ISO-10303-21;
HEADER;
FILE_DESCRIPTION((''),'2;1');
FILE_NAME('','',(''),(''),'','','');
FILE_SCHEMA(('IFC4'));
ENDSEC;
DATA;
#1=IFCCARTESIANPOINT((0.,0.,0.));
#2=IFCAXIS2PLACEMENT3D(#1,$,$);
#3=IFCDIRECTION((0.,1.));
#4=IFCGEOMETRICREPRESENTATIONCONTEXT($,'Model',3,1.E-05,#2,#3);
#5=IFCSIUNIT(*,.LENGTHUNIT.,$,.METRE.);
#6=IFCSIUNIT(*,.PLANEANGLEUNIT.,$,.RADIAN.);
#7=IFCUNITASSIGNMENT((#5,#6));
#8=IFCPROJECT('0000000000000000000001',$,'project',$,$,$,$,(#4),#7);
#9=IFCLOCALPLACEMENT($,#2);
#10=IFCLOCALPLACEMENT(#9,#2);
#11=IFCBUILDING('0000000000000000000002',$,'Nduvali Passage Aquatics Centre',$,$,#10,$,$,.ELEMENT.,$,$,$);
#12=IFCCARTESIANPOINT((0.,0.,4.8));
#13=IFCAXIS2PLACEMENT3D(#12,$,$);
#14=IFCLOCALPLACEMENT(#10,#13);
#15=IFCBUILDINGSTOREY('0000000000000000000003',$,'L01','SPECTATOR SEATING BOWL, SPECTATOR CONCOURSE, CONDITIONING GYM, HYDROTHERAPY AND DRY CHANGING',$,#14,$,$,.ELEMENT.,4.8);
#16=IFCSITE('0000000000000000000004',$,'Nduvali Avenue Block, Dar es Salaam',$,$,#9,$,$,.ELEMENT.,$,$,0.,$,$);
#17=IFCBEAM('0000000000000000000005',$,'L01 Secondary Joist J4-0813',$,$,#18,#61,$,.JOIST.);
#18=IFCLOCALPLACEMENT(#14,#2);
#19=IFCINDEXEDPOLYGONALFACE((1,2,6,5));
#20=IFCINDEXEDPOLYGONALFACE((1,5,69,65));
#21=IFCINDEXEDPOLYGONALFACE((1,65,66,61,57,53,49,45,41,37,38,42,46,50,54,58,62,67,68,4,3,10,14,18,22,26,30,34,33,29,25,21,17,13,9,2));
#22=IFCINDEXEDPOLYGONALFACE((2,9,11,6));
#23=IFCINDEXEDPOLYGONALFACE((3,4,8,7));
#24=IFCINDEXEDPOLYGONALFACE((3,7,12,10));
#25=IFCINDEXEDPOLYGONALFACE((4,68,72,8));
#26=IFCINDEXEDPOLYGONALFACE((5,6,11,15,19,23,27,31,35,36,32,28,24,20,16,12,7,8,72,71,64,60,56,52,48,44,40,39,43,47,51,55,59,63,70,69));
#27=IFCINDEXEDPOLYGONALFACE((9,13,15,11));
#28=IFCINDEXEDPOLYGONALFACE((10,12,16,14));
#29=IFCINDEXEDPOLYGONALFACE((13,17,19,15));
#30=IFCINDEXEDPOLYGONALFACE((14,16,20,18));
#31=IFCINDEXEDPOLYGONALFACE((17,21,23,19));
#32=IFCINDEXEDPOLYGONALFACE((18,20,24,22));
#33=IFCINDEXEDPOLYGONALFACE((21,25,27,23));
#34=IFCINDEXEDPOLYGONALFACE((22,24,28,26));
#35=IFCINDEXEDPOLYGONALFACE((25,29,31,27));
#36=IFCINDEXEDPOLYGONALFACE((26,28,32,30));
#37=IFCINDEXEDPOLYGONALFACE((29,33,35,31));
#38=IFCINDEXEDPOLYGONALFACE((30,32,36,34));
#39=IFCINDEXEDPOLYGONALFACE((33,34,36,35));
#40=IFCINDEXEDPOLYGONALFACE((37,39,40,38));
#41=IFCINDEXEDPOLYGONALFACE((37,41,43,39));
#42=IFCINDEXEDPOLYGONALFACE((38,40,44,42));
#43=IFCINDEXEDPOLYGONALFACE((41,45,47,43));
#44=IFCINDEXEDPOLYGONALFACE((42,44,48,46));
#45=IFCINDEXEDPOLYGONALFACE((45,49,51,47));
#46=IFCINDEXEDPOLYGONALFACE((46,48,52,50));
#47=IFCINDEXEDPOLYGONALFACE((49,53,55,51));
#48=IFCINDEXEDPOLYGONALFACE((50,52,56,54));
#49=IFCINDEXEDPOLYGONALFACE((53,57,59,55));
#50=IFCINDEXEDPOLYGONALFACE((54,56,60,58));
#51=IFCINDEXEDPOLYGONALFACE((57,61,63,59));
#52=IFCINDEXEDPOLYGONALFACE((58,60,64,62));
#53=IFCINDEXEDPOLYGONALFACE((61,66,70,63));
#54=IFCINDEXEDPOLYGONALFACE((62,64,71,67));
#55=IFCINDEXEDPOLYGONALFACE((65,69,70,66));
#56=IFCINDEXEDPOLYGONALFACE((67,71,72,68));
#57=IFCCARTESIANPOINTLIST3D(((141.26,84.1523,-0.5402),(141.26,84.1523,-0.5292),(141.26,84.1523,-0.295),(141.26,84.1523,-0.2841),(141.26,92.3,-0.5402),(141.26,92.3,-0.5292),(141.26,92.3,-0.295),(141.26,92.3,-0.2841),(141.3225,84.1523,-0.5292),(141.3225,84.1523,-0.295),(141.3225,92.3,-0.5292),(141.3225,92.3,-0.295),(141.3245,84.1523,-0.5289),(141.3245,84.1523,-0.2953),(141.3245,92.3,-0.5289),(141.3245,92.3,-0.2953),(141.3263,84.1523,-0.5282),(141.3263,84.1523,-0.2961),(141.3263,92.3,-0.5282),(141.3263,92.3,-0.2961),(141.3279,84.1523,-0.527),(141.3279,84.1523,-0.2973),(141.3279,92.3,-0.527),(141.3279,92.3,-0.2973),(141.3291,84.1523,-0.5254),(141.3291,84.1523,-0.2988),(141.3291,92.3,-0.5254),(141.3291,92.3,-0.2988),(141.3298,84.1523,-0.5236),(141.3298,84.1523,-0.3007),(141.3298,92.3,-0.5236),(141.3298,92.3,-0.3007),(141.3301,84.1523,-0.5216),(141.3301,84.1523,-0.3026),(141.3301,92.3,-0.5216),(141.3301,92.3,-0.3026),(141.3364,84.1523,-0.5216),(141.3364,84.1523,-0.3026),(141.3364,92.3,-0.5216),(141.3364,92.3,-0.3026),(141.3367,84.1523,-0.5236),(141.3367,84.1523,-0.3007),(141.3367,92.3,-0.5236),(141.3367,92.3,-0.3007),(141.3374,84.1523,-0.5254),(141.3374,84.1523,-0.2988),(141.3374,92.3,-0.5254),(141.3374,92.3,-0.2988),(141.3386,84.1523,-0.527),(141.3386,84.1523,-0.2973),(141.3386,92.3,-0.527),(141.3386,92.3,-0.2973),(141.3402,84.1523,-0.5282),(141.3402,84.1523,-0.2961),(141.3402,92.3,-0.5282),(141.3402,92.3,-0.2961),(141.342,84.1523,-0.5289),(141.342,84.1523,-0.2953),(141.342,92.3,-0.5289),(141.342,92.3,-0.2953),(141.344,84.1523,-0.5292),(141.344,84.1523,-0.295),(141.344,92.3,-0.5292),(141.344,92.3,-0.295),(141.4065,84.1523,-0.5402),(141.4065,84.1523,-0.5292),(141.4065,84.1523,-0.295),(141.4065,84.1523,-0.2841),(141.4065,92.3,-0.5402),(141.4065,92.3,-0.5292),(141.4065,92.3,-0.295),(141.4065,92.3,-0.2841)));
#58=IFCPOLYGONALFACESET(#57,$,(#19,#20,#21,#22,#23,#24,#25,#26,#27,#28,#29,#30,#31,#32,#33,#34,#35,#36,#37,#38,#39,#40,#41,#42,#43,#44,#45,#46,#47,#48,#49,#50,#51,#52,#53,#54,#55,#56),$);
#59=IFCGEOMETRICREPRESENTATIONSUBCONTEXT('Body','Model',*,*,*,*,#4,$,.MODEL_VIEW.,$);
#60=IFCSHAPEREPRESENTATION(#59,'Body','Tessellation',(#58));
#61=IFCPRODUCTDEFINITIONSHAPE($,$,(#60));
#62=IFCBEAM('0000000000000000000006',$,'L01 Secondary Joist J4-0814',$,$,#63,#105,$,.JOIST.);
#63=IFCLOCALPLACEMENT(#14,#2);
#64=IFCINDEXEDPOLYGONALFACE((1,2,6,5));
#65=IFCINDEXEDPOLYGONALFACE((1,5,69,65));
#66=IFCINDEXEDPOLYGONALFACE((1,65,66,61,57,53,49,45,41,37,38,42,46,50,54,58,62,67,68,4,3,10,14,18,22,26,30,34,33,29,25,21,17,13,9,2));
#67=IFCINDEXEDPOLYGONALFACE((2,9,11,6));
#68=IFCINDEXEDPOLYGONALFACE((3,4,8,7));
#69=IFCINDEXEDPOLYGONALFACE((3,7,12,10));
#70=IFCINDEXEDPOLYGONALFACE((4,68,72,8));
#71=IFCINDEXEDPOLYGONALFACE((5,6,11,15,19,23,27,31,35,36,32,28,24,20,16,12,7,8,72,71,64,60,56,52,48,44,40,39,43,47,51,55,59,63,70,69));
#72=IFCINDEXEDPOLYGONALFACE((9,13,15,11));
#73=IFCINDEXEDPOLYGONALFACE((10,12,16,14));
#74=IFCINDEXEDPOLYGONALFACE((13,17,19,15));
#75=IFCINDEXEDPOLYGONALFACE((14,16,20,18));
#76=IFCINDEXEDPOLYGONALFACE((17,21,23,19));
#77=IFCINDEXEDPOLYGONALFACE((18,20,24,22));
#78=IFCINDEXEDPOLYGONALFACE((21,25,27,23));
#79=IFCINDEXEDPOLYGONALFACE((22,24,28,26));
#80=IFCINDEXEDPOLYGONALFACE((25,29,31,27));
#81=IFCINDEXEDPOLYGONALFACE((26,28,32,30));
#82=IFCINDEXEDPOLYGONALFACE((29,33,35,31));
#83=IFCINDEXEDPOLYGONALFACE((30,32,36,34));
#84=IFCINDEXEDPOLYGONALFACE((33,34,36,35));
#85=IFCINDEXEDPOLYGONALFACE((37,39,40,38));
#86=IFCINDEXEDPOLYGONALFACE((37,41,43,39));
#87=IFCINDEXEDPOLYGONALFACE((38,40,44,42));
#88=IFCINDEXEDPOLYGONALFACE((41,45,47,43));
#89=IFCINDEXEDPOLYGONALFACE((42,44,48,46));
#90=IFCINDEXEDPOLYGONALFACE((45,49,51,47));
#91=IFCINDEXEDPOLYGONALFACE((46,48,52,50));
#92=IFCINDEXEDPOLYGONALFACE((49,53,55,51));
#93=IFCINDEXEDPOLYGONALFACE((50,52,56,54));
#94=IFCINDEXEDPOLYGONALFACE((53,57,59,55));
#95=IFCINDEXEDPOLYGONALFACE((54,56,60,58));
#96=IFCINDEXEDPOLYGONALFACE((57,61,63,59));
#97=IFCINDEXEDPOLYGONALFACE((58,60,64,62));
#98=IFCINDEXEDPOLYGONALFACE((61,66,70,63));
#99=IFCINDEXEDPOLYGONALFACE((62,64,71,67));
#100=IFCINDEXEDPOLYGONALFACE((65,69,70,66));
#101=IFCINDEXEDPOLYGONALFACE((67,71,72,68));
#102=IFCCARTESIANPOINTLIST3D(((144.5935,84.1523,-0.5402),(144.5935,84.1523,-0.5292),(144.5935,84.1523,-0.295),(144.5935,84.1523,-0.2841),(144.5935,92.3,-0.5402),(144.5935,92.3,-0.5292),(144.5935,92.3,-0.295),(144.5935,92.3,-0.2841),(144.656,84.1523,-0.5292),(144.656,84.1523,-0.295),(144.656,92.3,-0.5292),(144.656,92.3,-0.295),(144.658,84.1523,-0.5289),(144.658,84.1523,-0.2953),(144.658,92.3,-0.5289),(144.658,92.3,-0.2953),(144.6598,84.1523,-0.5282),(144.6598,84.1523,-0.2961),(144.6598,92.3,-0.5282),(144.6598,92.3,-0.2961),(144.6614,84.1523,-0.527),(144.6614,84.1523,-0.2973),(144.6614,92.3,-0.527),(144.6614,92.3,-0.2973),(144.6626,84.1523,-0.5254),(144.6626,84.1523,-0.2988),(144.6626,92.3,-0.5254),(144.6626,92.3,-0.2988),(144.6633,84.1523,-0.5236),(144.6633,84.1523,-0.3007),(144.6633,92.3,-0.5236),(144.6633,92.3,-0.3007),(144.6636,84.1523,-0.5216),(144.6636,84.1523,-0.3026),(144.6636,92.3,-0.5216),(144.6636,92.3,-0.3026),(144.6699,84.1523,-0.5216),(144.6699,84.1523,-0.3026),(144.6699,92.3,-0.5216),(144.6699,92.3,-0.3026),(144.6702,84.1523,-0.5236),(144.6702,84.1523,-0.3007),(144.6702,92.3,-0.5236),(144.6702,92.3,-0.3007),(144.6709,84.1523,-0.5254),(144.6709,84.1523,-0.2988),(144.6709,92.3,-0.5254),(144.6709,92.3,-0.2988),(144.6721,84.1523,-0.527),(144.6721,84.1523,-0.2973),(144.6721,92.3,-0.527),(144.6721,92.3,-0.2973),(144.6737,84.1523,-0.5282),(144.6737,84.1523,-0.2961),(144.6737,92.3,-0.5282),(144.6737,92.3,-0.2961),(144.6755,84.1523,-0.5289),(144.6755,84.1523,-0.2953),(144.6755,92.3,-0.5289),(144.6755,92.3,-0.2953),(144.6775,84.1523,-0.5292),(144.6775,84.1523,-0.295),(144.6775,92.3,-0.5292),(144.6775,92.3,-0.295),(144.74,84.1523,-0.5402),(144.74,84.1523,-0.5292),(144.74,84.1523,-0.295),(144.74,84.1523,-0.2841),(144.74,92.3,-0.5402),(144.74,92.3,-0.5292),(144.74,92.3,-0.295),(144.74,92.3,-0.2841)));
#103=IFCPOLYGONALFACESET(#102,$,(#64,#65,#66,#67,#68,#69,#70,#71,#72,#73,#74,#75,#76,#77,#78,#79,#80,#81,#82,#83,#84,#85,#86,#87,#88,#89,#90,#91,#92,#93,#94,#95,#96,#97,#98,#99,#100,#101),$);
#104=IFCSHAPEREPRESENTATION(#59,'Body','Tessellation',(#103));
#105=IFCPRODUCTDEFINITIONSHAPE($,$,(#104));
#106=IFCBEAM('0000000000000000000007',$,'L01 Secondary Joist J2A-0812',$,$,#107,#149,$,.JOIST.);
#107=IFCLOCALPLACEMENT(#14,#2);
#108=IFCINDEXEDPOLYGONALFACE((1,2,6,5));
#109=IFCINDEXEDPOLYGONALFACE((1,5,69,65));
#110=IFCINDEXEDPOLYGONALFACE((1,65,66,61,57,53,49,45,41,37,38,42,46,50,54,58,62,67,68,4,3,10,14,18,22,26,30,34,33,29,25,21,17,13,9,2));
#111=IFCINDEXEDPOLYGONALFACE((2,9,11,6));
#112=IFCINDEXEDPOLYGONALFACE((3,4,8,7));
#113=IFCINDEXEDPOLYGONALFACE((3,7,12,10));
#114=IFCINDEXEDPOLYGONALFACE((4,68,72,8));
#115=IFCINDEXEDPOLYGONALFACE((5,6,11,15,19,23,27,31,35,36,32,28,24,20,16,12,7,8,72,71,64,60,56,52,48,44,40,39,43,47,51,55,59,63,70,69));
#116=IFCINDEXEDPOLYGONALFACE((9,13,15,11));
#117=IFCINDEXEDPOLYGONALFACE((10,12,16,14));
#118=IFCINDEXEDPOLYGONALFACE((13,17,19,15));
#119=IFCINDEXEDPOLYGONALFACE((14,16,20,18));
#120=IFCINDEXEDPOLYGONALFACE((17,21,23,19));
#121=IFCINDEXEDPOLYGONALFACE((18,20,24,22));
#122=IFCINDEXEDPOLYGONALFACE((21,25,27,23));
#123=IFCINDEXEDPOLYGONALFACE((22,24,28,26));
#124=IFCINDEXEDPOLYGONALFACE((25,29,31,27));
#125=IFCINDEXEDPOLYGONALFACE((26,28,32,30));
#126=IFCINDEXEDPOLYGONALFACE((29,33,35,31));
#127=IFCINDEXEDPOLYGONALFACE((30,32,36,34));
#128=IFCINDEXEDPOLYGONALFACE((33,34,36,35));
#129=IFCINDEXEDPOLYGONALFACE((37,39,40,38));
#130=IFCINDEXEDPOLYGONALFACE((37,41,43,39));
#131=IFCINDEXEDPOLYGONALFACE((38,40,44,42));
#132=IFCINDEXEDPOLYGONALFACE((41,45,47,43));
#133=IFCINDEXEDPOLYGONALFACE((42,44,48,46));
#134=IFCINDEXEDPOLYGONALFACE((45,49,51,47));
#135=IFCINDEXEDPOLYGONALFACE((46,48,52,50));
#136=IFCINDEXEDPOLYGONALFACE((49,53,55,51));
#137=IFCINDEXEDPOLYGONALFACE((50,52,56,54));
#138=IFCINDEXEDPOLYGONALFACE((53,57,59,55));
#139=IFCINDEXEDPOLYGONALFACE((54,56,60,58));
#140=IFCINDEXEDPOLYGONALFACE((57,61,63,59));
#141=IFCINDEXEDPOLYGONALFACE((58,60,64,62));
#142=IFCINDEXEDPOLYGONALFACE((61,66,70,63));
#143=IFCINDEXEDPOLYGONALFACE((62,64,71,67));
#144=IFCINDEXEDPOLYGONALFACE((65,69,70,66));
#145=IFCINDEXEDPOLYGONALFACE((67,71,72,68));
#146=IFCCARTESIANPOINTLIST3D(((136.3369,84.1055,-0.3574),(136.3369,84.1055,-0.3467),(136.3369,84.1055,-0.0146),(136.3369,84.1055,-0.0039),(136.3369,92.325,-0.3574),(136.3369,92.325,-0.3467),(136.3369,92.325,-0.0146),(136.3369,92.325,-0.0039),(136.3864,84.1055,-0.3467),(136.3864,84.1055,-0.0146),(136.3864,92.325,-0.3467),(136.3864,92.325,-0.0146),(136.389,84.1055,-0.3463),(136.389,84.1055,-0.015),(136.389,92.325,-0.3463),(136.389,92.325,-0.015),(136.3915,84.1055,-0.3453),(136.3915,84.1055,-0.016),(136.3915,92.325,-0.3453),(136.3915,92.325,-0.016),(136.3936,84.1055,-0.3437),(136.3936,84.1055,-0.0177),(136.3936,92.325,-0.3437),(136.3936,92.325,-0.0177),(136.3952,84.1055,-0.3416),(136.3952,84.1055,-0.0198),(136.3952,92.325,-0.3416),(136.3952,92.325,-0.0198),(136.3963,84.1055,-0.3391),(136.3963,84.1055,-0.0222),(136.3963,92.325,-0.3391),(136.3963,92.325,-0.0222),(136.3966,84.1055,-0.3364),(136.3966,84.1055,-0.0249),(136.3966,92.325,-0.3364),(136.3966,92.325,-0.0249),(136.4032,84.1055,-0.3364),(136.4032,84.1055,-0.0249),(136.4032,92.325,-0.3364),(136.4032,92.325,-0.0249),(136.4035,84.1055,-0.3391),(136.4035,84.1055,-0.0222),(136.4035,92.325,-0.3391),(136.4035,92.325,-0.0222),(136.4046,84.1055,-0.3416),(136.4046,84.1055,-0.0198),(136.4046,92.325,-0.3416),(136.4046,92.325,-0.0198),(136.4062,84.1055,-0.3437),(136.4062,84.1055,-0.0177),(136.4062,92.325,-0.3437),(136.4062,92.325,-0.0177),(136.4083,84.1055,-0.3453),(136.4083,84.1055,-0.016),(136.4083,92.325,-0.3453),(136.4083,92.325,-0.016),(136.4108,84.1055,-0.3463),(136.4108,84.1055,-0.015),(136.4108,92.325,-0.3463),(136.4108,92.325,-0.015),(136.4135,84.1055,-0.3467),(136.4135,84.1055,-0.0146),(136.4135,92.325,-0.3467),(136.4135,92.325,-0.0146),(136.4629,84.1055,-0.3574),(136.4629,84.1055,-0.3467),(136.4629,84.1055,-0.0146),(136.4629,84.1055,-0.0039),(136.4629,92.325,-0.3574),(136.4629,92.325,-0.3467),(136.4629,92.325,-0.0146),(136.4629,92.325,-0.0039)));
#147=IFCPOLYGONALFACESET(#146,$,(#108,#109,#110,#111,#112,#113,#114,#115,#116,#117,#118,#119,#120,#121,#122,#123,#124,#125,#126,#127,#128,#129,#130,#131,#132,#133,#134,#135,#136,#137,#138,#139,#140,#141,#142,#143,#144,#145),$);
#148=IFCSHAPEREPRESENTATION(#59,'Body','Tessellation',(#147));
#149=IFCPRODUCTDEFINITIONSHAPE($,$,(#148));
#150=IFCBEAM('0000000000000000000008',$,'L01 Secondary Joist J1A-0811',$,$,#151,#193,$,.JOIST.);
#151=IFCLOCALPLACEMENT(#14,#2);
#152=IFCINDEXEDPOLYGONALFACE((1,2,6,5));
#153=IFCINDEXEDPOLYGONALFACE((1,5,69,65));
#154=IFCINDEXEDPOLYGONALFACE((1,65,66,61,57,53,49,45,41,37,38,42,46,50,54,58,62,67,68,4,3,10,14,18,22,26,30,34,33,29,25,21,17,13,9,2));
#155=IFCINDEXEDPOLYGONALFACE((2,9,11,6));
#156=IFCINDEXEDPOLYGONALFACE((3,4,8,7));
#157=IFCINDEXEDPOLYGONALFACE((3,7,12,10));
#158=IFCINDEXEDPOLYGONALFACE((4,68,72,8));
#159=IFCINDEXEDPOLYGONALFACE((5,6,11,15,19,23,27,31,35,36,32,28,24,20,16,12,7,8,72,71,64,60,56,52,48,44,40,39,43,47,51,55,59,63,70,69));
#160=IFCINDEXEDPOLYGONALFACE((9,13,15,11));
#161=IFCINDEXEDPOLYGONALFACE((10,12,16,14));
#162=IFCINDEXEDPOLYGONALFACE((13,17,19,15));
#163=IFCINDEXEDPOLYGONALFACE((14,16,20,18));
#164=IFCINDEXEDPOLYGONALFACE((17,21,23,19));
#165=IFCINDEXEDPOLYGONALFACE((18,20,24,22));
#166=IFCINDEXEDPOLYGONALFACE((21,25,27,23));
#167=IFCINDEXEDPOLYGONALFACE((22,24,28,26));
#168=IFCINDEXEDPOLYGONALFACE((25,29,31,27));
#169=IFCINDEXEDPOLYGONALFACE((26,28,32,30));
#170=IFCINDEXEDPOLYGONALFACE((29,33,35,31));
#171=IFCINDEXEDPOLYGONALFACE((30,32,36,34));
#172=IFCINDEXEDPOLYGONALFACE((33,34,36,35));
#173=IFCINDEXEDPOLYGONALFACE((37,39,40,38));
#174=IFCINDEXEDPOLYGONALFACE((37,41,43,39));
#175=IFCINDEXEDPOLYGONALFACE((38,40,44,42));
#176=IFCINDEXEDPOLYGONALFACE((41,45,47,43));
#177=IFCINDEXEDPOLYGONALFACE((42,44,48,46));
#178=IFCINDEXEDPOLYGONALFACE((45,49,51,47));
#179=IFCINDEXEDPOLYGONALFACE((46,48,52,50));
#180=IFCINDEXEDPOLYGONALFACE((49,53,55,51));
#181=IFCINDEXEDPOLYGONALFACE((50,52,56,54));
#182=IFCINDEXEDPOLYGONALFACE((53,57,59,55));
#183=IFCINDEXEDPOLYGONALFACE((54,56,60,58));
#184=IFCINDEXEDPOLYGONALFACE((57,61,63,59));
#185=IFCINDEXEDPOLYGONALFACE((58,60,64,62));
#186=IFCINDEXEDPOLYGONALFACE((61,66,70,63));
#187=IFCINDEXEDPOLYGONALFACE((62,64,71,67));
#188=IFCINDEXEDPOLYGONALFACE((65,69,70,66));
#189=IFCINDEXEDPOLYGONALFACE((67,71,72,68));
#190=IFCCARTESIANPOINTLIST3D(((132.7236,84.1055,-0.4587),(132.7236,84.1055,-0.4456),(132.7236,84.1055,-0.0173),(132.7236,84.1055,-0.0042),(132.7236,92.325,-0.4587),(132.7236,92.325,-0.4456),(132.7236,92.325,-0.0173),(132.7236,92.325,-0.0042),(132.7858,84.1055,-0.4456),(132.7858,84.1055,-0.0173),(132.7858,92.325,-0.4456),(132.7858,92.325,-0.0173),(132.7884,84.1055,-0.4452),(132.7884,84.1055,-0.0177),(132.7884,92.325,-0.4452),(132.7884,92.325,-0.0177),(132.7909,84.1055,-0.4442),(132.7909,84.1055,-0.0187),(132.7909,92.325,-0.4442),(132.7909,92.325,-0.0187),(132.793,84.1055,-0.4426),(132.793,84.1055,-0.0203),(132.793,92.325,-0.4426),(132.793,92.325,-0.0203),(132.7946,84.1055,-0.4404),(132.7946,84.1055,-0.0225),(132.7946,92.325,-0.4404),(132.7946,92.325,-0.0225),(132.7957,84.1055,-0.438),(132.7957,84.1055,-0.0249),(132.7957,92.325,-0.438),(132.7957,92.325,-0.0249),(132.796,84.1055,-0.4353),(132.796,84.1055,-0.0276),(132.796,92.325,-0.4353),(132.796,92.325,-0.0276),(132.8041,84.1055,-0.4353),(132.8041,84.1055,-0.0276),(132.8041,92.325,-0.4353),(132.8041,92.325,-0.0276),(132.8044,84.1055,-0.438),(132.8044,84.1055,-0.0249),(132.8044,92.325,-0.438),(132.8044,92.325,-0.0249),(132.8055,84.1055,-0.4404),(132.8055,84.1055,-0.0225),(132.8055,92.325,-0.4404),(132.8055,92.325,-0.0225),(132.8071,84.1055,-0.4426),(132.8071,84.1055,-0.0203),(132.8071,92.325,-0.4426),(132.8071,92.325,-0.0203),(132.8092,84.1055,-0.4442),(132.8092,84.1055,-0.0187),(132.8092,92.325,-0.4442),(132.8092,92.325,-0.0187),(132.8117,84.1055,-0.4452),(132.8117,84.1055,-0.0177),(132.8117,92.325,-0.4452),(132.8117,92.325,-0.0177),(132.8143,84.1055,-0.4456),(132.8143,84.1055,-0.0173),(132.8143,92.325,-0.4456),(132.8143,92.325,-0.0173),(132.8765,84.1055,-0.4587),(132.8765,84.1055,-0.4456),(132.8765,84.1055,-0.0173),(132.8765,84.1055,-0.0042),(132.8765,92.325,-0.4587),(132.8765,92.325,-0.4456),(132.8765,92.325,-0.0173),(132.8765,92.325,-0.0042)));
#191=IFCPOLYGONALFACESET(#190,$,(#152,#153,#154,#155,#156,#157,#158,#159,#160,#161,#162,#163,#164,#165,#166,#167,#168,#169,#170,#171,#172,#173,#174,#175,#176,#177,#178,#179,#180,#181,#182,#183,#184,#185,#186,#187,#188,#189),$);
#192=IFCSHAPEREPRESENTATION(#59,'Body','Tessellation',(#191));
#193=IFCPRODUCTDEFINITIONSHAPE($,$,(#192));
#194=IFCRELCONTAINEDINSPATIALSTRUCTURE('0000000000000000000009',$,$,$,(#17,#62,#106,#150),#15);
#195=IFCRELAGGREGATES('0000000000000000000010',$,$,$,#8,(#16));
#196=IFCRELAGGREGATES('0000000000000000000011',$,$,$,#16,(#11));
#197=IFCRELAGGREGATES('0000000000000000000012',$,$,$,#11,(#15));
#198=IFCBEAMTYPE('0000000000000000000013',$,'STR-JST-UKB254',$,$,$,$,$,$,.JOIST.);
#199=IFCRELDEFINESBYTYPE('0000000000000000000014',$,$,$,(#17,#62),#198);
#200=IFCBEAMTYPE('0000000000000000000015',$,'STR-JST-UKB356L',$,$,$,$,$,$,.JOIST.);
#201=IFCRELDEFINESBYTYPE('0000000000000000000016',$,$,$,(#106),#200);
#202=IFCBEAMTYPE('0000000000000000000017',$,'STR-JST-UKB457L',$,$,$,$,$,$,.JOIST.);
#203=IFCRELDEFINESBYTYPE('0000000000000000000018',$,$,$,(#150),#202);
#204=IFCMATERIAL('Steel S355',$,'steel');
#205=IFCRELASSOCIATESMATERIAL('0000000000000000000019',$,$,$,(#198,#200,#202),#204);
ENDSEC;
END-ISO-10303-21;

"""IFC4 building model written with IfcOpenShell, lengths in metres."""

from ifc_helpers import new_model, si_unit, direction, frame, origin, origin_2d, place, context, subcontext, project, spatial, i_section, extrude, material, material_profile, profile_set, type_object, element, save


model = new_model("IFC4")

# Units and contexts
model_context = context("Model", 3, precision=1e-05, world=origin(), true_north=direction((0.0, 1.0)))
body_context = subcontext(model_context, "Body", "Model", "MODEL_VIEW")
ifc_project = project(units=[si_unit("LENGTHUNIT", "METRE"), si_unit("PLANEANGLEUNIT", "RADIAN")], contexts=[model_context])

# Site, building, storey
site_placement = place(None, origin())
site = spatial("IfcSite", under=ifc_project, at=site_placement, Name="Nduvali Avenue Block, Dar es Salaam", CompositionType="ELEMENT", RefElevation=0.0)
building_placement = place(site_placement, origin())
building = spatial("IfcBuilding", under=site, at=building_placement, Name="Nduvali Passage Aquatics Centre", CompositionType="ELEMENT")
storey_placement = place(building_placement, frame((0.0, 0.0, 4.8)))
storey = spatial("IfcBuildingStorey", under=building, at=storey_placement, Name="L01", Description="SPECTATOR SEATING BOWL, SPECTATOR CONCOURSE, CONDITIONING GYM, HYDROTHERAPY AND DRY CHANGING", CompositionType="ELEMENT", Elevation=4.8)

# Shared definitions
ifc_material_1 = material(Name="Steel S355", Category="steel")

# Beams
ifc_material_profile_1 = material_profile(ifc_material_1, i_section(OverallWidth=0.1465, OverallDepth=0.2561, WebThickness=0.0063, FlangeThickness=0.011, FilletRadius=0.0076, at=origin_2d()), Name="UKB 254x146x37")
ifc_profile_set_1 = profile_set([ifc_material_profile_1], Name="Steel S355")
beam_type_1 = type_object("IfcBeamType", Name="STR-JST-UKB254", PredefinedType="JOIST", material=ifc_profile_set_1)
for number, where, z_axis, x_axis, name in (
    (1, (141.3333, 84.1523, -0.4121), (0.0, 1.0, 0.0), (-1.0, 0.0, 0.0), "L01 Secondary Joist J4-0813"),
    (2, (144.6667, 84.1523, -0.4121), (0.0, 1.0, 0.0), (-1.0, 0.0, 0.0), "L01 Secondary Joist J4-0814"),
):
    element("IfcBeam", number, at=place(storey_placement, frame(where, z_axis=z_axis, x_axis=x_axis)), inside=storey, type_object=beam_type_1, Name=name, PredefinedType="JOIST", context=body_context, shape_type="SweptSolid", body=[
        extrude(i_section(OverallWidth=0.1465, OverallDepth=0.2561, WebThickness=0.0063, FlangeThickness=0.011, FilletRadius=0.0076, at=origin_2d()), origin(), (0.0, 0.0, 1.0), 8.1477),
    ])
ifc_material_profile_2 = material_profile(ifc_material_1, i_section(OverallWidth=0.126, OverallDepth=0.3535, WebThickness=0.0066, FlangeThickness=0.0107, FilletRadius=0.0103, at=origin_2d()), Name="UKB 356x127x39")
ifc_profile_set_2 = profile_set([ifc_material_profile_2], Name="Steel S355")
beam_type_2 = type_object("IfcBeamType", Name="STR-JST-UKB356L", PredefinedType="JOIST", material=ifc_profile_set_2)
beam_1_placement = place(storey_placement, frame((136.3999, 84.1055, -0.1807), z_axis=(0.0, 1.0, 0.0), x_axis=(-1.0, 0.0, 0.0)))
element("IfcBeam", 3, at=beam_1_placement, inside=storey, type_object=beam_type_2, Name="L01 Secondary Joist J2A-0812", PredefinedType="JOIST", context=body_context, shape_type="SweptSolid", body=[
    extrude(i_section(OverallWidth=0.126, OverallDepth=0.3535, WebThickness=0.0066, FlangeThickness=0.0107, FilletRadius=0.0103, at=origin_2d()), origin(), (0.0, 0.0, 1.0), 8.2195),
])
ifc_material_profile_3 = material_profile(ifc_material_1, i_section(OverallWidth=0.1528, OverallDepth=0.4546, WebThickness=0.0081, FlangeThickness=0.0132, FilletRadius=0.0103, at=origin_2d()), Name="UKB 457x152x60")
ifc_profile_set_3 = profile_set([ifc_material_profile_3], Name="Steel S355")
beam_type_3 = type_object("IfcBeamType", Name="STR-JST-UKB457L", PredefinedType="JOIST", material=ifc_profile_set_3)
beam_2_placement = place(storey_placement, frame((132.8, 84.1055, -0.2314), z_axis=(0.0, 1.0, 0.0), x_axis=(-1.0, 0.0, 0.0)))
element("IfcBeam", 4, at=beam_2_placement, inside=storey, type_object=beam_type_3, Name="L01 Secondary Joist J1A-0811", PredefinedType="JOIST", context=body_context, shape_type="SweptSolid", body=[
    extrude(i_section(OverallWidth=0.1528, OverallDepth=0.4546, WebThickness=0.0081, FlangeThickness=0.0132, FilletRadius=0.0103, at=origin_2d()), origin(), (0.0, 0.0, 1.0), 8.2195),
])

save(model, "model.ifc")
